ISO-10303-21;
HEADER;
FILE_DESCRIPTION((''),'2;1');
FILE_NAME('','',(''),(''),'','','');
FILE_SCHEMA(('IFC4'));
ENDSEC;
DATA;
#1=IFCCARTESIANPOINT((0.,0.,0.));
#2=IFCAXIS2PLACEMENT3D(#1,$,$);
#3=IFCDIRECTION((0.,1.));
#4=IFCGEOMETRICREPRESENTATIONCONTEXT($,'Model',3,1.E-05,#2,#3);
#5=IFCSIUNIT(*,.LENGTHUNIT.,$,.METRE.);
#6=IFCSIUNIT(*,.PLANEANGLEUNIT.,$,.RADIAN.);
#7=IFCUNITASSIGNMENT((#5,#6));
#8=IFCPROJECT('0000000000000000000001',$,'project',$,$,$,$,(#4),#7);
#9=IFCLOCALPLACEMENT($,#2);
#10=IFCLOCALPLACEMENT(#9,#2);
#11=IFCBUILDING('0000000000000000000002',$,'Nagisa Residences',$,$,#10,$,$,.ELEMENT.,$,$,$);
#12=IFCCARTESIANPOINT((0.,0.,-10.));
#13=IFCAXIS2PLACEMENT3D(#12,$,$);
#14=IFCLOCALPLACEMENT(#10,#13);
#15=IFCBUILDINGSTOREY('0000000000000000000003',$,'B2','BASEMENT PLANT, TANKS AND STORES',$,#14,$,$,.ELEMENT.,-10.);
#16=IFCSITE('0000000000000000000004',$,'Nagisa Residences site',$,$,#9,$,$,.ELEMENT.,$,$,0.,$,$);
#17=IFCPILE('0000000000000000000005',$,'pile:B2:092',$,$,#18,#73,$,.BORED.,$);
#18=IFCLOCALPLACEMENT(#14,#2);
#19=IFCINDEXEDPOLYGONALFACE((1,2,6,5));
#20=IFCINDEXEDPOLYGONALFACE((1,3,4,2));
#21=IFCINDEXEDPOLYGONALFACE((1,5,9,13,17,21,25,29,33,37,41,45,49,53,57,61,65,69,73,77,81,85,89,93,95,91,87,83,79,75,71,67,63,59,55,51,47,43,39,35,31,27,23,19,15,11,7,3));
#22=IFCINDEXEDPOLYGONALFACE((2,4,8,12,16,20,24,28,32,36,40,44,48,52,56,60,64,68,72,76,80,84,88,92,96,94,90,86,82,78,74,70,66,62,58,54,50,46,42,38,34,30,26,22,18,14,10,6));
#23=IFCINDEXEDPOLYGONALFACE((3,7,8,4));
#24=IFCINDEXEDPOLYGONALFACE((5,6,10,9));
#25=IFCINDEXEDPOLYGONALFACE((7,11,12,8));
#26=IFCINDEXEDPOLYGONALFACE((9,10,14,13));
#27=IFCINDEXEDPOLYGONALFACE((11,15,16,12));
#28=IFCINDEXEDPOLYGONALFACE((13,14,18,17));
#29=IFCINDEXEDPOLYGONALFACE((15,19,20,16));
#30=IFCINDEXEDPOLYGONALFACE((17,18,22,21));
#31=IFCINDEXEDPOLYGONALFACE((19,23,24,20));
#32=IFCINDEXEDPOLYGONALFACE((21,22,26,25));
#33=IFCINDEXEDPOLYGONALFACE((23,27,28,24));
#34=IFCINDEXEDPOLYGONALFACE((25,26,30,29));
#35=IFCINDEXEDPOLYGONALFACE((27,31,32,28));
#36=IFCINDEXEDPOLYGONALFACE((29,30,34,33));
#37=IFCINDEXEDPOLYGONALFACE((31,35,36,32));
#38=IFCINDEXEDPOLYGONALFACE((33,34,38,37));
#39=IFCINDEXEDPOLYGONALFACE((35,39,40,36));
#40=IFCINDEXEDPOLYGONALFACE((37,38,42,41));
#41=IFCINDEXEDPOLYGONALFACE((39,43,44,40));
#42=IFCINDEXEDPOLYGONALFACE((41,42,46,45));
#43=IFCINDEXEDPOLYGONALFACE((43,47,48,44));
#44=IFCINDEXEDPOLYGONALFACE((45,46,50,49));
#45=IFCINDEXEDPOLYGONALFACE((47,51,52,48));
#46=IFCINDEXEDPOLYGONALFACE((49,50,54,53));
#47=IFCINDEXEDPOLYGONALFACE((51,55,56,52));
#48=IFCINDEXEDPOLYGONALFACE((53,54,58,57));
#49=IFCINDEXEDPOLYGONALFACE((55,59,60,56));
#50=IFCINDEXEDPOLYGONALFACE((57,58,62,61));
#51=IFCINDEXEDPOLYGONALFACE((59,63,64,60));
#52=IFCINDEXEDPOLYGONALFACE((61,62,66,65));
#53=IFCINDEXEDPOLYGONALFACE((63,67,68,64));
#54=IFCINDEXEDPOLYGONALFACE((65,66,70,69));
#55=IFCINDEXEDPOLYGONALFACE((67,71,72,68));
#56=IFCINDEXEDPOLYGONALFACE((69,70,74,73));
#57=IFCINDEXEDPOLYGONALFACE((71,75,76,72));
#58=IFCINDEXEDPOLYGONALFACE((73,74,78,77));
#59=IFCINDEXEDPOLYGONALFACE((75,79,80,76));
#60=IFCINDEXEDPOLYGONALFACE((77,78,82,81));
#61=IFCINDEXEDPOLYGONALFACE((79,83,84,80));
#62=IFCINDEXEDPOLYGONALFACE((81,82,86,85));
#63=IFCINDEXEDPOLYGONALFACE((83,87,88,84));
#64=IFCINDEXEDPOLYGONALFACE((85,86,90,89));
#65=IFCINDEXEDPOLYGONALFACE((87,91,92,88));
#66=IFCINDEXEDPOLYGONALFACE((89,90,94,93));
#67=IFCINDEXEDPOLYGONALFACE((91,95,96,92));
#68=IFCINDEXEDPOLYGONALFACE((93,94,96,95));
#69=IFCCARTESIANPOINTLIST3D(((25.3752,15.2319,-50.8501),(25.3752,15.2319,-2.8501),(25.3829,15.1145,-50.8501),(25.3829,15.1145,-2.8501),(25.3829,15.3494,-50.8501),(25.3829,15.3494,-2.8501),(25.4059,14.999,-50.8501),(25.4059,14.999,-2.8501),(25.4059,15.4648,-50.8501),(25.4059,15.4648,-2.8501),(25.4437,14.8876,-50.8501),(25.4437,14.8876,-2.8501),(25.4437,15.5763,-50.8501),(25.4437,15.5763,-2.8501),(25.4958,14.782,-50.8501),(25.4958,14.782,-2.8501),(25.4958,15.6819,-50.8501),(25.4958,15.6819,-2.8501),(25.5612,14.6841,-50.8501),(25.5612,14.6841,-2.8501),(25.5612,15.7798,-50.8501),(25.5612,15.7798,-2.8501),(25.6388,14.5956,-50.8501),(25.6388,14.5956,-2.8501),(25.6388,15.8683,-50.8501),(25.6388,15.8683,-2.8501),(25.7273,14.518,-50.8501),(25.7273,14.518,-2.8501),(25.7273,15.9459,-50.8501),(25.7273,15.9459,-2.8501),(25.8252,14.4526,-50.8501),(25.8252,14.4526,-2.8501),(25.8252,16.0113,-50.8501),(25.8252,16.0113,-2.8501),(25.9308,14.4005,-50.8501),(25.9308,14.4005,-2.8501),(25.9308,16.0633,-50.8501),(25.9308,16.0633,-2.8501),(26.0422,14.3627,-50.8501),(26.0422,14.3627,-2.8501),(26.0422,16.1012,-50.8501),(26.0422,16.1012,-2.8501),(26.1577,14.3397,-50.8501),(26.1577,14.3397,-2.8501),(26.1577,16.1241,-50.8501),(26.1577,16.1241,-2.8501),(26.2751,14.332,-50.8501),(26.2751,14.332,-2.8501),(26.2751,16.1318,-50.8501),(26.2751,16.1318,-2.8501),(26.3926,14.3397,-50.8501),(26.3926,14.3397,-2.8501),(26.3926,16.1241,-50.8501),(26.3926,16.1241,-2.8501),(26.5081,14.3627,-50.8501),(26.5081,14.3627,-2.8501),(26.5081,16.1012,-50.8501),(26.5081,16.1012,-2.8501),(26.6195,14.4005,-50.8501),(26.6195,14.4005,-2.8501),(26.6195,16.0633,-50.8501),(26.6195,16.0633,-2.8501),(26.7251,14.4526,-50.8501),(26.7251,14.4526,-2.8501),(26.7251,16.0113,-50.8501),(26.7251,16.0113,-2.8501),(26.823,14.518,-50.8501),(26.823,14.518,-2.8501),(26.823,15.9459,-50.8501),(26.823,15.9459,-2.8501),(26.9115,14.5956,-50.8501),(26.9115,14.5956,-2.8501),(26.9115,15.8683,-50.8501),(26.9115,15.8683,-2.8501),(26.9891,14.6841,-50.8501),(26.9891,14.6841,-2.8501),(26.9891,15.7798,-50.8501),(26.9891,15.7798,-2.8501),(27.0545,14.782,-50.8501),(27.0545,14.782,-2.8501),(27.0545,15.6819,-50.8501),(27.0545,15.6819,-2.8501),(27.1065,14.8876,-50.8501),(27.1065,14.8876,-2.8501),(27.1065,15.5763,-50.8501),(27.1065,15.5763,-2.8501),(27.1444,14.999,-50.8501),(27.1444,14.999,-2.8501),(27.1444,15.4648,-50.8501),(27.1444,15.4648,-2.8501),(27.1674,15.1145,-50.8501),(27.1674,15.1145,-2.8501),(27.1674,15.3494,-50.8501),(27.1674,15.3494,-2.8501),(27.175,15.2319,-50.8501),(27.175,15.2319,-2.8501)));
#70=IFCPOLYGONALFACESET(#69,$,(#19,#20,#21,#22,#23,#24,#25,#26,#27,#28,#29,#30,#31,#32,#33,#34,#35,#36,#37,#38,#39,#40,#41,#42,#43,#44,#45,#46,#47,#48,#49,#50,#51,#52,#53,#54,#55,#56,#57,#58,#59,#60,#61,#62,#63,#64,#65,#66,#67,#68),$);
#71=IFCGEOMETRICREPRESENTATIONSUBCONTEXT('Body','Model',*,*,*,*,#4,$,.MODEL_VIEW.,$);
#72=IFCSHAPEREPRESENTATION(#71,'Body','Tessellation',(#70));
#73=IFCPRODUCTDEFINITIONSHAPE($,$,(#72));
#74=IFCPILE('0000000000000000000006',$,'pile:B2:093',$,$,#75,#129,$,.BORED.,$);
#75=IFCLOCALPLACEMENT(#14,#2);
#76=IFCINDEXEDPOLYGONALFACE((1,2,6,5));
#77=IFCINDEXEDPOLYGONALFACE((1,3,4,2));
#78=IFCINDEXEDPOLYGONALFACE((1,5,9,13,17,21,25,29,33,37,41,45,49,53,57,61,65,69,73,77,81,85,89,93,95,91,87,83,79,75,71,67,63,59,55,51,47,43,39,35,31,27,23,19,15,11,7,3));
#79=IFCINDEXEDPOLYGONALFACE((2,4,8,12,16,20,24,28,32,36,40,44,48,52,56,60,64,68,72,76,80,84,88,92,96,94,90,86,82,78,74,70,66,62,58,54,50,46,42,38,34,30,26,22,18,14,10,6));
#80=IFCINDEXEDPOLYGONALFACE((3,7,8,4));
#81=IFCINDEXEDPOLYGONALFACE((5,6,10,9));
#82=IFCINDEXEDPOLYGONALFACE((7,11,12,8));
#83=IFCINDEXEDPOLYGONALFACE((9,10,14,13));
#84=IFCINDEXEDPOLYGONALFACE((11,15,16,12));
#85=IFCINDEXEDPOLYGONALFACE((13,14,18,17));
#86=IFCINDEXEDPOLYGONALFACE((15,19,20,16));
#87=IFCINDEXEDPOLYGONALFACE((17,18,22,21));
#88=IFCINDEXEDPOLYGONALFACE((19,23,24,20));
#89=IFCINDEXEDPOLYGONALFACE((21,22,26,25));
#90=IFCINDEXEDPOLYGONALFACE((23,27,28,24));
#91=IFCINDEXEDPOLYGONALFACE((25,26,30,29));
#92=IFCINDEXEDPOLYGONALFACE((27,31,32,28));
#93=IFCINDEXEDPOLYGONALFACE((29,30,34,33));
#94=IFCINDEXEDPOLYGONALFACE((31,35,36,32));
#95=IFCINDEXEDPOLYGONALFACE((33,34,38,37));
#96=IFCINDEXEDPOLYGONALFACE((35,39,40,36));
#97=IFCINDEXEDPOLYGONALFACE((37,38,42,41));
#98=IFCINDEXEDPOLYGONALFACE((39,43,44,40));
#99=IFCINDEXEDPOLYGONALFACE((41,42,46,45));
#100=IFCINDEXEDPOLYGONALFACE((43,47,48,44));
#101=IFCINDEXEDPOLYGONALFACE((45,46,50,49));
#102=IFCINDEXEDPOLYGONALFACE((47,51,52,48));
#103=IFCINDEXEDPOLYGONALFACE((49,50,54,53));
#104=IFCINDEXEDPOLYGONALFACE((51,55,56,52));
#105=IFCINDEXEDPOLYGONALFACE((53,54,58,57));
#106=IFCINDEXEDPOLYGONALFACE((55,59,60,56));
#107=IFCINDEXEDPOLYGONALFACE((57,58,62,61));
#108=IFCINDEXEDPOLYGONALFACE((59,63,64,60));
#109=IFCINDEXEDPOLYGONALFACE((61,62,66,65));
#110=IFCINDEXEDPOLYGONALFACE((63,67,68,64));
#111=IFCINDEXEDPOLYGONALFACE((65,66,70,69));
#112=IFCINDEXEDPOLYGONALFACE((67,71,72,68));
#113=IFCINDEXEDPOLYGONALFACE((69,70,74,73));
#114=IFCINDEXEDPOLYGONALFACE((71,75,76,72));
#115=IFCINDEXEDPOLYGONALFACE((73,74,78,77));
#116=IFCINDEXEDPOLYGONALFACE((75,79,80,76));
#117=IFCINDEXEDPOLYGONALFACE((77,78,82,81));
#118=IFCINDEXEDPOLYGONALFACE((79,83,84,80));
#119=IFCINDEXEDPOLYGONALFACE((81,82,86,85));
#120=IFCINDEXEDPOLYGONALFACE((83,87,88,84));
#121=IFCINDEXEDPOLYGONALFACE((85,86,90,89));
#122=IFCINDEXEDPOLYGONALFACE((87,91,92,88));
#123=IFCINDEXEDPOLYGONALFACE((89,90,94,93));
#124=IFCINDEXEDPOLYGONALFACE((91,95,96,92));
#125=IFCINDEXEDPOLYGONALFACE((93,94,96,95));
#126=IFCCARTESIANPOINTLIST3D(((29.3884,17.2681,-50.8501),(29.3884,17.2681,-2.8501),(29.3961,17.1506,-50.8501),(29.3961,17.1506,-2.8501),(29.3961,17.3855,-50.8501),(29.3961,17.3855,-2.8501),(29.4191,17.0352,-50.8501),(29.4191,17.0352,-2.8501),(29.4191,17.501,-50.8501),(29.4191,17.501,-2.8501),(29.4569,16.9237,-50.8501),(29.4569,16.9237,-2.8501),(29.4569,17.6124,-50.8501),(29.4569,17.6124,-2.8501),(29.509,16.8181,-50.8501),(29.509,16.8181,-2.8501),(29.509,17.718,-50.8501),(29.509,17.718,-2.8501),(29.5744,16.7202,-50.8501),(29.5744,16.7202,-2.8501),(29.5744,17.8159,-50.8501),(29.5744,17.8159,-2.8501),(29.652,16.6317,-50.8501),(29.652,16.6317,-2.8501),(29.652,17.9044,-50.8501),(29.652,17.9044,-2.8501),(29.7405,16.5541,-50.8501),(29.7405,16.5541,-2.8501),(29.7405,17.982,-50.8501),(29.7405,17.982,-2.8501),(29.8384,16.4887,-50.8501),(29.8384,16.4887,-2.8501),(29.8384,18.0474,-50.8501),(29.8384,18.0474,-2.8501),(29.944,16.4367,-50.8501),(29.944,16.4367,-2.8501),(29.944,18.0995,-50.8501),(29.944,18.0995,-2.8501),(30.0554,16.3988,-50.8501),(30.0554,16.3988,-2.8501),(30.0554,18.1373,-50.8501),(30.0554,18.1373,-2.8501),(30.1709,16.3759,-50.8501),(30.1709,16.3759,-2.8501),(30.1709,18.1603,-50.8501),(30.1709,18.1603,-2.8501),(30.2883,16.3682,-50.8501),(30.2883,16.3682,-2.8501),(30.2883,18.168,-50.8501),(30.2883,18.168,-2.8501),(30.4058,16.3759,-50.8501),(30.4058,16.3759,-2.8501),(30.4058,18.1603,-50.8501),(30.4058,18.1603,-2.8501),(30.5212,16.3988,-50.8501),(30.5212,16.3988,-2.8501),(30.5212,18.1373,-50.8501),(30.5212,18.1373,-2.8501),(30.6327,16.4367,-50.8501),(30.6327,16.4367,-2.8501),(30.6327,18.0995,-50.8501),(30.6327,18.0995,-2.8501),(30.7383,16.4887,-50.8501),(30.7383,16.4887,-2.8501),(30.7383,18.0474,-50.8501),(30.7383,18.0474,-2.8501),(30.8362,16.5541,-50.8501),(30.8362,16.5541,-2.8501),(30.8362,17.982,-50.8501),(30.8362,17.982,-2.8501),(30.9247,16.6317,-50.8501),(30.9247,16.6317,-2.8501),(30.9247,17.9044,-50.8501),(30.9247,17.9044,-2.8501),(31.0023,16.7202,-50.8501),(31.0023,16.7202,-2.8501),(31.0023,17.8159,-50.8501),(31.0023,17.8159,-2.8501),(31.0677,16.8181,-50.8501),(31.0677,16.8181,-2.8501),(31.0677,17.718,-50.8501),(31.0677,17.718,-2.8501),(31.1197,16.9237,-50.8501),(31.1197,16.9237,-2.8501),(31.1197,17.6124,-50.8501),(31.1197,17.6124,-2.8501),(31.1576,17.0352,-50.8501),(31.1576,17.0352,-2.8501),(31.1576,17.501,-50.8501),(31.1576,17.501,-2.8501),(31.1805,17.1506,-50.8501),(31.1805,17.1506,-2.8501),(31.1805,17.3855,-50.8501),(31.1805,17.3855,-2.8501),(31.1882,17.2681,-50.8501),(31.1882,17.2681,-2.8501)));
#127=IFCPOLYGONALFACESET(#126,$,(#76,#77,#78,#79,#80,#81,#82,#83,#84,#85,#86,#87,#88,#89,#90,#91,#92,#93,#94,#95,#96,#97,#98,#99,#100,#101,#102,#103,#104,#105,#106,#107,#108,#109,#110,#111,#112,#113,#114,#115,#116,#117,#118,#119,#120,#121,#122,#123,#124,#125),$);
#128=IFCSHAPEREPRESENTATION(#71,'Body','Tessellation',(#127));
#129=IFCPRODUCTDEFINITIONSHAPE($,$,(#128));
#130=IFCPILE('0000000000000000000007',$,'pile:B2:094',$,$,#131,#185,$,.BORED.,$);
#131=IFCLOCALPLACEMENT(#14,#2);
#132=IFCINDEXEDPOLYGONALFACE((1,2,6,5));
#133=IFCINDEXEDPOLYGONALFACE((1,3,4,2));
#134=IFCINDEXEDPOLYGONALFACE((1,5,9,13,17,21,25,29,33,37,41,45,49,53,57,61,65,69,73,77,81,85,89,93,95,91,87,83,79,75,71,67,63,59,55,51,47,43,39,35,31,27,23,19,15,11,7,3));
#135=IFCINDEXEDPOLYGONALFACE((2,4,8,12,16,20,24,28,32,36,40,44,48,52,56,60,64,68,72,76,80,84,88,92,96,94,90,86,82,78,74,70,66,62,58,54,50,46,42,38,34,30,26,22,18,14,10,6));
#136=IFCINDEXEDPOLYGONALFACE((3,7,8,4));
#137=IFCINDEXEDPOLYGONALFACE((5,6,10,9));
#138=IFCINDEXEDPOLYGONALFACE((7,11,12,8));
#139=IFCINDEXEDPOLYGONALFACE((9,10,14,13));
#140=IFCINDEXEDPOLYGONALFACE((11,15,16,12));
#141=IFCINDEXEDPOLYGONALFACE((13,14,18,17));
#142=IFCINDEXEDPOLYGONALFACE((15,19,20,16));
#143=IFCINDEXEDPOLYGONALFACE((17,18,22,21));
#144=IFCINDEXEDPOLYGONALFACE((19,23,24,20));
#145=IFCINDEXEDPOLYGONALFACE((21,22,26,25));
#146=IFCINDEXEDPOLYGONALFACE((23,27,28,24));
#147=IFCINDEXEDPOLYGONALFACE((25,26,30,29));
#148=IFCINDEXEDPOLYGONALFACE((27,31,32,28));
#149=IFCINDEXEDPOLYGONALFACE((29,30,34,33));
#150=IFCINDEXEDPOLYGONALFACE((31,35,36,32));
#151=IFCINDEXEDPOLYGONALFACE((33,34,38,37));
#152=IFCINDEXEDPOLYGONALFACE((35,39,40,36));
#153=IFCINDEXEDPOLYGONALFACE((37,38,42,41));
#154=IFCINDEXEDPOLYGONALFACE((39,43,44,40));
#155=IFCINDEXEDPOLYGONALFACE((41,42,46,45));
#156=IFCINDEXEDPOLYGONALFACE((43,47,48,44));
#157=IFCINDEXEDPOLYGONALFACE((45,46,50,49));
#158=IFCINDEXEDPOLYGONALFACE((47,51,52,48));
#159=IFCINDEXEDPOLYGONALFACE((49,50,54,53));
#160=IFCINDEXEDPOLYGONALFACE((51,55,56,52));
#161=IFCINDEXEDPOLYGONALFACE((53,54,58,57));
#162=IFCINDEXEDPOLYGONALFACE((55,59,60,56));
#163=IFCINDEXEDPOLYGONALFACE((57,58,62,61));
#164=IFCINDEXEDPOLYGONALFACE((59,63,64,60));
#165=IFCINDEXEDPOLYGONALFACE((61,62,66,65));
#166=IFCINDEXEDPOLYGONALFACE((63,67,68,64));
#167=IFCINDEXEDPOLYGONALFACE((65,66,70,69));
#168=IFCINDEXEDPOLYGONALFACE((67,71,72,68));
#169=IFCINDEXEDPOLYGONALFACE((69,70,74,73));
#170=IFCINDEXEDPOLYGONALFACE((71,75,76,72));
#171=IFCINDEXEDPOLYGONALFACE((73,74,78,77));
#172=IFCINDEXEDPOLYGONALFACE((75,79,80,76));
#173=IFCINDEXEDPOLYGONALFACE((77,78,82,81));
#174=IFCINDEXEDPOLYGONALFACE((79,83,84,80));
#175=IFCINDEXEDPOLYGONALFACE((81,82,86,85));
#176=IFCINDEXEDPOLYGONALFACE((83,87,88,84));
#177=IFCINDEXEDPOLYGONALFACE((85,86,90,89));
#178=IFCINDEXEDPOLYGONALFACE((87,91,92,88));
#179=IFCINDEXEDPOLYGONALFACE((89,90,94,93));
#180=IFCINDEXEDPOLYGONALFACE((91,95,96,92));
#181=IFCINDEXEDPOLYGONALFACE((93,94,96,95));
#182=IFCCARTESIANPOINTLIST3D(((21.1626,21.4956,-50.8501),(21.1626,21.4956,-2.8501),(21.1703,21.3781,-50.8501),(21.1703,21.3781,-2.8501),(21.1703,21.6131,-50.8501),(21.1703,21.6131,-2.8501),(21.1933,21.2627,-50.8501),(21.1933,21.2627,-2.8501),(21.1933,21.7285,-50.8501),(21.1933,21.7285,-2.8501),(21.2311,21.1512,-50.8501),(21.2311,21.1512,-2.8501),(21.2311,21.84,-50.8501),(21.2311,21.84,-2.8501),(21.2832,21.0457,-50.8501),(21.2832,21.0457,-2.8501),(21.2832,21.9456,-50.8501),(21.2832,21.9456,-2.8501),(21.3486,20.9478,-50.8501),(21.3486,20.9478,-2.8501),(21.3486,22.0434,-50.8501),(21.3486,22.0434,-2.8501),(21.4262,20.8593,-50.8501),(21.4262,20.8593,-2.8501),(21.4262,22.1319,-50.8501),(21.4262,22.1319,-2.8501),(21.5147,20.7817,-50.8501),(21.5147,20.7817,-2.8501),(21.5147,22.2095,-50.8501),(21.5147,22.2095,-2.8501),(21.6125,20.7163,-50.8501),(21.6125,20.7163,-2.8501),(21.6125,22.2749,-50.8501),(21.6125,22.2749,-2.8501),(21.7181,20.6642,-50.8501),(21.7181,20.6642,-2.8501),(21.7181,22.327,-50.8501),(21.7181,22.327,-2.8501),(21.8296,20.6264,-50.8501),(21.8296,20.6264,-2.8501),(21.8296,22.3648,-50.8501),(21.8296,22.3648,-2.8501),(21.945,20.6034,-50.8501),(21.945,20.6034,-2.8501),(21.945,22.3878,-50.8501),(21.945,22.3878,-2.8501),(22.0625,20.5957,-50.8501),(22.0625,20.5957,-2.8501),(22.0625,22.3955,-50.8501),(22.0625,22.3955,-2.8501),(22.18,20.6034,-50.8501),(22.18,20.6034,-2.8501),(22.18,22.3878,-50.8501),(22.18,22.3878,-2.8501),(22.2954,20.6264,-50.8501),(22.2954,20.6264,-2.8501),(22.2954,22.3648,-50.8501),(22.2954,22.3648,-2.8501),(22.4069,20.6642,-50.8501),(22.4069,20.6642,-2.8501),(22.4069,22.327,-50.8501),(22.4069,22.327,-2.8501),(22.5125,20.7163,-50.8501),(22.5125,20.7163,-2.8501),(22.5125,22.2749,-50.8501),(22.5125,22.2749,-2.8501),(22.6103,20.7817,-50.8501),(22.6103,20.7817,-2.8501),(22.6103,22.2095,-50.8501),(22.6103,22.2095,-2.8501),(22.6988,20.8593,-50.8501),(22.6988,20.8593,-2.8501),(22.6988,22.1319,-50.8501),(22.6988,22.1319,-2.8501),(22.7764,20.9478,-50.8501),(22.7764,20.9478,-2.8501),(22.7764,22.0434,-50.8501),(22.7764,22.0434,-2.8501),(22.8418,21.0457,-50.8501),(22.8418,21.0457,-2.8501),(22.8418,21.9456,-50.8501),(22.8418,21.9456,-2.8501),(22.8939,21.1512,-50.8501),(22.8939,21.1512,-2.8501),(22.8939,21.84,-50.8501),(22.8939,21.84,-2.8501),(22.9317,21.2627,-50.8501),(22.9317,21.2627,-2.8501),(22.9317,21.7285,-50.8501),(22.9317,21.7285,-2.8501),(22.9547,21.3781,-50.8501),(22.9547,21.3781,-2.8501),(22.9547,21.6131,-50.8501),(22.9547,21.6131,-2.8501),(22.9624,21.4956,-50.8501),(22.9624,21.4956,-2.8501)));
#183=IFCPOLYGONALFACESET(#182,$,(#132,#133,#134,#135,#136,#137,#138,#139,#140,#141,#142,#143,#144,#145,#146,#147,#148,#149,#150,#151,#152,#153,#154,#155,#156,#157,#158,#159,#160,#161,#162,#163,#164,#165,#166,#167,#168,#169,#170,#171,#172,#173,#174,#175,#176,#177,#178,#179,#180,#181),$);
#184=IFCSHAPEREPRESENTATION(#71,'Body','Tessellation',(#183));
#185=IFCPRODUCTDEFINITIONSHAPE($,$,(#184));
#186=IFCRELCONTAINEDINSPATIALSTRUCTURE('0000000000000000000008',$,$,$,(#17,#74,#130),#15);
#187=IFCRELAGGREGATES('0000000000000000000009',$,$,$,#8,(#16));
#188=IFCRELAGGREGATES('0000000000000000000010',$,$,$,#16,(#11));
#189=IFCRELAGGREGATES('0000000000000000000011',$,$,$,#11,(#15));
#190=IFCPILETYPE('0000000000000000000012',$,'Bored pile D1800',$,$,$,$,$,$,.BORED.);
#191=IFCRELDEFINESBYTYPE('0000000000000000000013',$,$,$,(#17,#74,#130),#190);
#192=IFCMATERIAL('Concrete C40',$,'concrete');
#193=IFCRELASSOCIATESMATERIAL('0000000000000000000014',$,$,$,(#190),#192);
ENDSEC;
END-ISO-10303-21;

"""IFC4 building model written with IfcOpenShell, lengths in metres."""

from ifc_helpers import new_model, si_unit, direction, frame, origin, origin_2d, place, context, subcontext, project, spatial, circle, extrude, material, material_profile, profile_set, type_object, element, save


model = new_model("IFC4")

# Units and contexts
model_context = context("Model", 3, precision=1e-05, world=origin(), true_north=direction((0.0, 1.0)))
body_context = subcontext(model_context, "Body", "Model", "MODEL_VIEW")
ifc_project = project(units=[si_unit("LENGTHUNIT", "METRE"), si_unit("PLANEANGLEUNIT", "RADIAN")], contexts=[model_context])

# Site, building, storey
site_placement = place(None, origin())
site = spatial("IfcSite", under=ifc_project, at=site_placement, Name="Nagisa Residences site", CompositionType="ELEMENT", RefElevation=0.0)
building_placement = place(site_placement, origin())
building = spatial("IfcBuilding", under=site, at=building_placement, Name="Nagisa Residences", CompositionType="ELEMENT")
storey_placement = place(building_placement, frame((0.0, 0.0, -10.0)))
storey = spatial("IfcBuildingStorey", under=building, at=storey_placement, Name="B2", Description="BASEMENT PLANT, TANKS AND STORES", CompositionType="ELEMENT", Elevation=-10.0)

# Piles
ifc_material_1 = material(Name="Concrete C40", Category="concrete")
ifc_material_profile_1 = material_profile(ifc_material_1, circle(Radius=0.8999, at=origin_2d()), Name="Bored pile D1800")
ifc_profile_set_1 = profile_set([ifc_material_profile_1], Name="Concrete C40")
pile_type = type_object("IfcPileType", Name="Bored pile D1800", PredefinedType="BORED", material=ifc_profile_set_1)
for number, where, z_axis, x_axis, name in (
    (1, (26.2751, 15.2319, -2.8501), (0.0, 0.0, -1.0), (1.0, 0.0, 0.0), "pile:B2:092"),
    (2, (30.2883, 17.2681, -2.8501), (0.0, 0.0, -1.0), (1.0, 0.0, 0.0), "pile:B2:093"),
    (3, (22.0625, 21.4956, -2.8501), (0.0, 0.0, -1.0), (1.0, 0.0, 0.0), "pile:B2:094"),
):
    element("IfcPile", number, at=place(storey_placement, frame(where, z_axis=z_axis, x_axis=x_axis)), inside=storey, type_object=pile_type, Name=name, PredefinedType="BORED", context=body_context, shape_type="SweptSolid", body=[
        extrude(circle(Radius=0.8999, at=origin_2d()), origin(), (0.0, 0.0, 1.0), 48.0),
    ])

save(model, "model.ifc")
